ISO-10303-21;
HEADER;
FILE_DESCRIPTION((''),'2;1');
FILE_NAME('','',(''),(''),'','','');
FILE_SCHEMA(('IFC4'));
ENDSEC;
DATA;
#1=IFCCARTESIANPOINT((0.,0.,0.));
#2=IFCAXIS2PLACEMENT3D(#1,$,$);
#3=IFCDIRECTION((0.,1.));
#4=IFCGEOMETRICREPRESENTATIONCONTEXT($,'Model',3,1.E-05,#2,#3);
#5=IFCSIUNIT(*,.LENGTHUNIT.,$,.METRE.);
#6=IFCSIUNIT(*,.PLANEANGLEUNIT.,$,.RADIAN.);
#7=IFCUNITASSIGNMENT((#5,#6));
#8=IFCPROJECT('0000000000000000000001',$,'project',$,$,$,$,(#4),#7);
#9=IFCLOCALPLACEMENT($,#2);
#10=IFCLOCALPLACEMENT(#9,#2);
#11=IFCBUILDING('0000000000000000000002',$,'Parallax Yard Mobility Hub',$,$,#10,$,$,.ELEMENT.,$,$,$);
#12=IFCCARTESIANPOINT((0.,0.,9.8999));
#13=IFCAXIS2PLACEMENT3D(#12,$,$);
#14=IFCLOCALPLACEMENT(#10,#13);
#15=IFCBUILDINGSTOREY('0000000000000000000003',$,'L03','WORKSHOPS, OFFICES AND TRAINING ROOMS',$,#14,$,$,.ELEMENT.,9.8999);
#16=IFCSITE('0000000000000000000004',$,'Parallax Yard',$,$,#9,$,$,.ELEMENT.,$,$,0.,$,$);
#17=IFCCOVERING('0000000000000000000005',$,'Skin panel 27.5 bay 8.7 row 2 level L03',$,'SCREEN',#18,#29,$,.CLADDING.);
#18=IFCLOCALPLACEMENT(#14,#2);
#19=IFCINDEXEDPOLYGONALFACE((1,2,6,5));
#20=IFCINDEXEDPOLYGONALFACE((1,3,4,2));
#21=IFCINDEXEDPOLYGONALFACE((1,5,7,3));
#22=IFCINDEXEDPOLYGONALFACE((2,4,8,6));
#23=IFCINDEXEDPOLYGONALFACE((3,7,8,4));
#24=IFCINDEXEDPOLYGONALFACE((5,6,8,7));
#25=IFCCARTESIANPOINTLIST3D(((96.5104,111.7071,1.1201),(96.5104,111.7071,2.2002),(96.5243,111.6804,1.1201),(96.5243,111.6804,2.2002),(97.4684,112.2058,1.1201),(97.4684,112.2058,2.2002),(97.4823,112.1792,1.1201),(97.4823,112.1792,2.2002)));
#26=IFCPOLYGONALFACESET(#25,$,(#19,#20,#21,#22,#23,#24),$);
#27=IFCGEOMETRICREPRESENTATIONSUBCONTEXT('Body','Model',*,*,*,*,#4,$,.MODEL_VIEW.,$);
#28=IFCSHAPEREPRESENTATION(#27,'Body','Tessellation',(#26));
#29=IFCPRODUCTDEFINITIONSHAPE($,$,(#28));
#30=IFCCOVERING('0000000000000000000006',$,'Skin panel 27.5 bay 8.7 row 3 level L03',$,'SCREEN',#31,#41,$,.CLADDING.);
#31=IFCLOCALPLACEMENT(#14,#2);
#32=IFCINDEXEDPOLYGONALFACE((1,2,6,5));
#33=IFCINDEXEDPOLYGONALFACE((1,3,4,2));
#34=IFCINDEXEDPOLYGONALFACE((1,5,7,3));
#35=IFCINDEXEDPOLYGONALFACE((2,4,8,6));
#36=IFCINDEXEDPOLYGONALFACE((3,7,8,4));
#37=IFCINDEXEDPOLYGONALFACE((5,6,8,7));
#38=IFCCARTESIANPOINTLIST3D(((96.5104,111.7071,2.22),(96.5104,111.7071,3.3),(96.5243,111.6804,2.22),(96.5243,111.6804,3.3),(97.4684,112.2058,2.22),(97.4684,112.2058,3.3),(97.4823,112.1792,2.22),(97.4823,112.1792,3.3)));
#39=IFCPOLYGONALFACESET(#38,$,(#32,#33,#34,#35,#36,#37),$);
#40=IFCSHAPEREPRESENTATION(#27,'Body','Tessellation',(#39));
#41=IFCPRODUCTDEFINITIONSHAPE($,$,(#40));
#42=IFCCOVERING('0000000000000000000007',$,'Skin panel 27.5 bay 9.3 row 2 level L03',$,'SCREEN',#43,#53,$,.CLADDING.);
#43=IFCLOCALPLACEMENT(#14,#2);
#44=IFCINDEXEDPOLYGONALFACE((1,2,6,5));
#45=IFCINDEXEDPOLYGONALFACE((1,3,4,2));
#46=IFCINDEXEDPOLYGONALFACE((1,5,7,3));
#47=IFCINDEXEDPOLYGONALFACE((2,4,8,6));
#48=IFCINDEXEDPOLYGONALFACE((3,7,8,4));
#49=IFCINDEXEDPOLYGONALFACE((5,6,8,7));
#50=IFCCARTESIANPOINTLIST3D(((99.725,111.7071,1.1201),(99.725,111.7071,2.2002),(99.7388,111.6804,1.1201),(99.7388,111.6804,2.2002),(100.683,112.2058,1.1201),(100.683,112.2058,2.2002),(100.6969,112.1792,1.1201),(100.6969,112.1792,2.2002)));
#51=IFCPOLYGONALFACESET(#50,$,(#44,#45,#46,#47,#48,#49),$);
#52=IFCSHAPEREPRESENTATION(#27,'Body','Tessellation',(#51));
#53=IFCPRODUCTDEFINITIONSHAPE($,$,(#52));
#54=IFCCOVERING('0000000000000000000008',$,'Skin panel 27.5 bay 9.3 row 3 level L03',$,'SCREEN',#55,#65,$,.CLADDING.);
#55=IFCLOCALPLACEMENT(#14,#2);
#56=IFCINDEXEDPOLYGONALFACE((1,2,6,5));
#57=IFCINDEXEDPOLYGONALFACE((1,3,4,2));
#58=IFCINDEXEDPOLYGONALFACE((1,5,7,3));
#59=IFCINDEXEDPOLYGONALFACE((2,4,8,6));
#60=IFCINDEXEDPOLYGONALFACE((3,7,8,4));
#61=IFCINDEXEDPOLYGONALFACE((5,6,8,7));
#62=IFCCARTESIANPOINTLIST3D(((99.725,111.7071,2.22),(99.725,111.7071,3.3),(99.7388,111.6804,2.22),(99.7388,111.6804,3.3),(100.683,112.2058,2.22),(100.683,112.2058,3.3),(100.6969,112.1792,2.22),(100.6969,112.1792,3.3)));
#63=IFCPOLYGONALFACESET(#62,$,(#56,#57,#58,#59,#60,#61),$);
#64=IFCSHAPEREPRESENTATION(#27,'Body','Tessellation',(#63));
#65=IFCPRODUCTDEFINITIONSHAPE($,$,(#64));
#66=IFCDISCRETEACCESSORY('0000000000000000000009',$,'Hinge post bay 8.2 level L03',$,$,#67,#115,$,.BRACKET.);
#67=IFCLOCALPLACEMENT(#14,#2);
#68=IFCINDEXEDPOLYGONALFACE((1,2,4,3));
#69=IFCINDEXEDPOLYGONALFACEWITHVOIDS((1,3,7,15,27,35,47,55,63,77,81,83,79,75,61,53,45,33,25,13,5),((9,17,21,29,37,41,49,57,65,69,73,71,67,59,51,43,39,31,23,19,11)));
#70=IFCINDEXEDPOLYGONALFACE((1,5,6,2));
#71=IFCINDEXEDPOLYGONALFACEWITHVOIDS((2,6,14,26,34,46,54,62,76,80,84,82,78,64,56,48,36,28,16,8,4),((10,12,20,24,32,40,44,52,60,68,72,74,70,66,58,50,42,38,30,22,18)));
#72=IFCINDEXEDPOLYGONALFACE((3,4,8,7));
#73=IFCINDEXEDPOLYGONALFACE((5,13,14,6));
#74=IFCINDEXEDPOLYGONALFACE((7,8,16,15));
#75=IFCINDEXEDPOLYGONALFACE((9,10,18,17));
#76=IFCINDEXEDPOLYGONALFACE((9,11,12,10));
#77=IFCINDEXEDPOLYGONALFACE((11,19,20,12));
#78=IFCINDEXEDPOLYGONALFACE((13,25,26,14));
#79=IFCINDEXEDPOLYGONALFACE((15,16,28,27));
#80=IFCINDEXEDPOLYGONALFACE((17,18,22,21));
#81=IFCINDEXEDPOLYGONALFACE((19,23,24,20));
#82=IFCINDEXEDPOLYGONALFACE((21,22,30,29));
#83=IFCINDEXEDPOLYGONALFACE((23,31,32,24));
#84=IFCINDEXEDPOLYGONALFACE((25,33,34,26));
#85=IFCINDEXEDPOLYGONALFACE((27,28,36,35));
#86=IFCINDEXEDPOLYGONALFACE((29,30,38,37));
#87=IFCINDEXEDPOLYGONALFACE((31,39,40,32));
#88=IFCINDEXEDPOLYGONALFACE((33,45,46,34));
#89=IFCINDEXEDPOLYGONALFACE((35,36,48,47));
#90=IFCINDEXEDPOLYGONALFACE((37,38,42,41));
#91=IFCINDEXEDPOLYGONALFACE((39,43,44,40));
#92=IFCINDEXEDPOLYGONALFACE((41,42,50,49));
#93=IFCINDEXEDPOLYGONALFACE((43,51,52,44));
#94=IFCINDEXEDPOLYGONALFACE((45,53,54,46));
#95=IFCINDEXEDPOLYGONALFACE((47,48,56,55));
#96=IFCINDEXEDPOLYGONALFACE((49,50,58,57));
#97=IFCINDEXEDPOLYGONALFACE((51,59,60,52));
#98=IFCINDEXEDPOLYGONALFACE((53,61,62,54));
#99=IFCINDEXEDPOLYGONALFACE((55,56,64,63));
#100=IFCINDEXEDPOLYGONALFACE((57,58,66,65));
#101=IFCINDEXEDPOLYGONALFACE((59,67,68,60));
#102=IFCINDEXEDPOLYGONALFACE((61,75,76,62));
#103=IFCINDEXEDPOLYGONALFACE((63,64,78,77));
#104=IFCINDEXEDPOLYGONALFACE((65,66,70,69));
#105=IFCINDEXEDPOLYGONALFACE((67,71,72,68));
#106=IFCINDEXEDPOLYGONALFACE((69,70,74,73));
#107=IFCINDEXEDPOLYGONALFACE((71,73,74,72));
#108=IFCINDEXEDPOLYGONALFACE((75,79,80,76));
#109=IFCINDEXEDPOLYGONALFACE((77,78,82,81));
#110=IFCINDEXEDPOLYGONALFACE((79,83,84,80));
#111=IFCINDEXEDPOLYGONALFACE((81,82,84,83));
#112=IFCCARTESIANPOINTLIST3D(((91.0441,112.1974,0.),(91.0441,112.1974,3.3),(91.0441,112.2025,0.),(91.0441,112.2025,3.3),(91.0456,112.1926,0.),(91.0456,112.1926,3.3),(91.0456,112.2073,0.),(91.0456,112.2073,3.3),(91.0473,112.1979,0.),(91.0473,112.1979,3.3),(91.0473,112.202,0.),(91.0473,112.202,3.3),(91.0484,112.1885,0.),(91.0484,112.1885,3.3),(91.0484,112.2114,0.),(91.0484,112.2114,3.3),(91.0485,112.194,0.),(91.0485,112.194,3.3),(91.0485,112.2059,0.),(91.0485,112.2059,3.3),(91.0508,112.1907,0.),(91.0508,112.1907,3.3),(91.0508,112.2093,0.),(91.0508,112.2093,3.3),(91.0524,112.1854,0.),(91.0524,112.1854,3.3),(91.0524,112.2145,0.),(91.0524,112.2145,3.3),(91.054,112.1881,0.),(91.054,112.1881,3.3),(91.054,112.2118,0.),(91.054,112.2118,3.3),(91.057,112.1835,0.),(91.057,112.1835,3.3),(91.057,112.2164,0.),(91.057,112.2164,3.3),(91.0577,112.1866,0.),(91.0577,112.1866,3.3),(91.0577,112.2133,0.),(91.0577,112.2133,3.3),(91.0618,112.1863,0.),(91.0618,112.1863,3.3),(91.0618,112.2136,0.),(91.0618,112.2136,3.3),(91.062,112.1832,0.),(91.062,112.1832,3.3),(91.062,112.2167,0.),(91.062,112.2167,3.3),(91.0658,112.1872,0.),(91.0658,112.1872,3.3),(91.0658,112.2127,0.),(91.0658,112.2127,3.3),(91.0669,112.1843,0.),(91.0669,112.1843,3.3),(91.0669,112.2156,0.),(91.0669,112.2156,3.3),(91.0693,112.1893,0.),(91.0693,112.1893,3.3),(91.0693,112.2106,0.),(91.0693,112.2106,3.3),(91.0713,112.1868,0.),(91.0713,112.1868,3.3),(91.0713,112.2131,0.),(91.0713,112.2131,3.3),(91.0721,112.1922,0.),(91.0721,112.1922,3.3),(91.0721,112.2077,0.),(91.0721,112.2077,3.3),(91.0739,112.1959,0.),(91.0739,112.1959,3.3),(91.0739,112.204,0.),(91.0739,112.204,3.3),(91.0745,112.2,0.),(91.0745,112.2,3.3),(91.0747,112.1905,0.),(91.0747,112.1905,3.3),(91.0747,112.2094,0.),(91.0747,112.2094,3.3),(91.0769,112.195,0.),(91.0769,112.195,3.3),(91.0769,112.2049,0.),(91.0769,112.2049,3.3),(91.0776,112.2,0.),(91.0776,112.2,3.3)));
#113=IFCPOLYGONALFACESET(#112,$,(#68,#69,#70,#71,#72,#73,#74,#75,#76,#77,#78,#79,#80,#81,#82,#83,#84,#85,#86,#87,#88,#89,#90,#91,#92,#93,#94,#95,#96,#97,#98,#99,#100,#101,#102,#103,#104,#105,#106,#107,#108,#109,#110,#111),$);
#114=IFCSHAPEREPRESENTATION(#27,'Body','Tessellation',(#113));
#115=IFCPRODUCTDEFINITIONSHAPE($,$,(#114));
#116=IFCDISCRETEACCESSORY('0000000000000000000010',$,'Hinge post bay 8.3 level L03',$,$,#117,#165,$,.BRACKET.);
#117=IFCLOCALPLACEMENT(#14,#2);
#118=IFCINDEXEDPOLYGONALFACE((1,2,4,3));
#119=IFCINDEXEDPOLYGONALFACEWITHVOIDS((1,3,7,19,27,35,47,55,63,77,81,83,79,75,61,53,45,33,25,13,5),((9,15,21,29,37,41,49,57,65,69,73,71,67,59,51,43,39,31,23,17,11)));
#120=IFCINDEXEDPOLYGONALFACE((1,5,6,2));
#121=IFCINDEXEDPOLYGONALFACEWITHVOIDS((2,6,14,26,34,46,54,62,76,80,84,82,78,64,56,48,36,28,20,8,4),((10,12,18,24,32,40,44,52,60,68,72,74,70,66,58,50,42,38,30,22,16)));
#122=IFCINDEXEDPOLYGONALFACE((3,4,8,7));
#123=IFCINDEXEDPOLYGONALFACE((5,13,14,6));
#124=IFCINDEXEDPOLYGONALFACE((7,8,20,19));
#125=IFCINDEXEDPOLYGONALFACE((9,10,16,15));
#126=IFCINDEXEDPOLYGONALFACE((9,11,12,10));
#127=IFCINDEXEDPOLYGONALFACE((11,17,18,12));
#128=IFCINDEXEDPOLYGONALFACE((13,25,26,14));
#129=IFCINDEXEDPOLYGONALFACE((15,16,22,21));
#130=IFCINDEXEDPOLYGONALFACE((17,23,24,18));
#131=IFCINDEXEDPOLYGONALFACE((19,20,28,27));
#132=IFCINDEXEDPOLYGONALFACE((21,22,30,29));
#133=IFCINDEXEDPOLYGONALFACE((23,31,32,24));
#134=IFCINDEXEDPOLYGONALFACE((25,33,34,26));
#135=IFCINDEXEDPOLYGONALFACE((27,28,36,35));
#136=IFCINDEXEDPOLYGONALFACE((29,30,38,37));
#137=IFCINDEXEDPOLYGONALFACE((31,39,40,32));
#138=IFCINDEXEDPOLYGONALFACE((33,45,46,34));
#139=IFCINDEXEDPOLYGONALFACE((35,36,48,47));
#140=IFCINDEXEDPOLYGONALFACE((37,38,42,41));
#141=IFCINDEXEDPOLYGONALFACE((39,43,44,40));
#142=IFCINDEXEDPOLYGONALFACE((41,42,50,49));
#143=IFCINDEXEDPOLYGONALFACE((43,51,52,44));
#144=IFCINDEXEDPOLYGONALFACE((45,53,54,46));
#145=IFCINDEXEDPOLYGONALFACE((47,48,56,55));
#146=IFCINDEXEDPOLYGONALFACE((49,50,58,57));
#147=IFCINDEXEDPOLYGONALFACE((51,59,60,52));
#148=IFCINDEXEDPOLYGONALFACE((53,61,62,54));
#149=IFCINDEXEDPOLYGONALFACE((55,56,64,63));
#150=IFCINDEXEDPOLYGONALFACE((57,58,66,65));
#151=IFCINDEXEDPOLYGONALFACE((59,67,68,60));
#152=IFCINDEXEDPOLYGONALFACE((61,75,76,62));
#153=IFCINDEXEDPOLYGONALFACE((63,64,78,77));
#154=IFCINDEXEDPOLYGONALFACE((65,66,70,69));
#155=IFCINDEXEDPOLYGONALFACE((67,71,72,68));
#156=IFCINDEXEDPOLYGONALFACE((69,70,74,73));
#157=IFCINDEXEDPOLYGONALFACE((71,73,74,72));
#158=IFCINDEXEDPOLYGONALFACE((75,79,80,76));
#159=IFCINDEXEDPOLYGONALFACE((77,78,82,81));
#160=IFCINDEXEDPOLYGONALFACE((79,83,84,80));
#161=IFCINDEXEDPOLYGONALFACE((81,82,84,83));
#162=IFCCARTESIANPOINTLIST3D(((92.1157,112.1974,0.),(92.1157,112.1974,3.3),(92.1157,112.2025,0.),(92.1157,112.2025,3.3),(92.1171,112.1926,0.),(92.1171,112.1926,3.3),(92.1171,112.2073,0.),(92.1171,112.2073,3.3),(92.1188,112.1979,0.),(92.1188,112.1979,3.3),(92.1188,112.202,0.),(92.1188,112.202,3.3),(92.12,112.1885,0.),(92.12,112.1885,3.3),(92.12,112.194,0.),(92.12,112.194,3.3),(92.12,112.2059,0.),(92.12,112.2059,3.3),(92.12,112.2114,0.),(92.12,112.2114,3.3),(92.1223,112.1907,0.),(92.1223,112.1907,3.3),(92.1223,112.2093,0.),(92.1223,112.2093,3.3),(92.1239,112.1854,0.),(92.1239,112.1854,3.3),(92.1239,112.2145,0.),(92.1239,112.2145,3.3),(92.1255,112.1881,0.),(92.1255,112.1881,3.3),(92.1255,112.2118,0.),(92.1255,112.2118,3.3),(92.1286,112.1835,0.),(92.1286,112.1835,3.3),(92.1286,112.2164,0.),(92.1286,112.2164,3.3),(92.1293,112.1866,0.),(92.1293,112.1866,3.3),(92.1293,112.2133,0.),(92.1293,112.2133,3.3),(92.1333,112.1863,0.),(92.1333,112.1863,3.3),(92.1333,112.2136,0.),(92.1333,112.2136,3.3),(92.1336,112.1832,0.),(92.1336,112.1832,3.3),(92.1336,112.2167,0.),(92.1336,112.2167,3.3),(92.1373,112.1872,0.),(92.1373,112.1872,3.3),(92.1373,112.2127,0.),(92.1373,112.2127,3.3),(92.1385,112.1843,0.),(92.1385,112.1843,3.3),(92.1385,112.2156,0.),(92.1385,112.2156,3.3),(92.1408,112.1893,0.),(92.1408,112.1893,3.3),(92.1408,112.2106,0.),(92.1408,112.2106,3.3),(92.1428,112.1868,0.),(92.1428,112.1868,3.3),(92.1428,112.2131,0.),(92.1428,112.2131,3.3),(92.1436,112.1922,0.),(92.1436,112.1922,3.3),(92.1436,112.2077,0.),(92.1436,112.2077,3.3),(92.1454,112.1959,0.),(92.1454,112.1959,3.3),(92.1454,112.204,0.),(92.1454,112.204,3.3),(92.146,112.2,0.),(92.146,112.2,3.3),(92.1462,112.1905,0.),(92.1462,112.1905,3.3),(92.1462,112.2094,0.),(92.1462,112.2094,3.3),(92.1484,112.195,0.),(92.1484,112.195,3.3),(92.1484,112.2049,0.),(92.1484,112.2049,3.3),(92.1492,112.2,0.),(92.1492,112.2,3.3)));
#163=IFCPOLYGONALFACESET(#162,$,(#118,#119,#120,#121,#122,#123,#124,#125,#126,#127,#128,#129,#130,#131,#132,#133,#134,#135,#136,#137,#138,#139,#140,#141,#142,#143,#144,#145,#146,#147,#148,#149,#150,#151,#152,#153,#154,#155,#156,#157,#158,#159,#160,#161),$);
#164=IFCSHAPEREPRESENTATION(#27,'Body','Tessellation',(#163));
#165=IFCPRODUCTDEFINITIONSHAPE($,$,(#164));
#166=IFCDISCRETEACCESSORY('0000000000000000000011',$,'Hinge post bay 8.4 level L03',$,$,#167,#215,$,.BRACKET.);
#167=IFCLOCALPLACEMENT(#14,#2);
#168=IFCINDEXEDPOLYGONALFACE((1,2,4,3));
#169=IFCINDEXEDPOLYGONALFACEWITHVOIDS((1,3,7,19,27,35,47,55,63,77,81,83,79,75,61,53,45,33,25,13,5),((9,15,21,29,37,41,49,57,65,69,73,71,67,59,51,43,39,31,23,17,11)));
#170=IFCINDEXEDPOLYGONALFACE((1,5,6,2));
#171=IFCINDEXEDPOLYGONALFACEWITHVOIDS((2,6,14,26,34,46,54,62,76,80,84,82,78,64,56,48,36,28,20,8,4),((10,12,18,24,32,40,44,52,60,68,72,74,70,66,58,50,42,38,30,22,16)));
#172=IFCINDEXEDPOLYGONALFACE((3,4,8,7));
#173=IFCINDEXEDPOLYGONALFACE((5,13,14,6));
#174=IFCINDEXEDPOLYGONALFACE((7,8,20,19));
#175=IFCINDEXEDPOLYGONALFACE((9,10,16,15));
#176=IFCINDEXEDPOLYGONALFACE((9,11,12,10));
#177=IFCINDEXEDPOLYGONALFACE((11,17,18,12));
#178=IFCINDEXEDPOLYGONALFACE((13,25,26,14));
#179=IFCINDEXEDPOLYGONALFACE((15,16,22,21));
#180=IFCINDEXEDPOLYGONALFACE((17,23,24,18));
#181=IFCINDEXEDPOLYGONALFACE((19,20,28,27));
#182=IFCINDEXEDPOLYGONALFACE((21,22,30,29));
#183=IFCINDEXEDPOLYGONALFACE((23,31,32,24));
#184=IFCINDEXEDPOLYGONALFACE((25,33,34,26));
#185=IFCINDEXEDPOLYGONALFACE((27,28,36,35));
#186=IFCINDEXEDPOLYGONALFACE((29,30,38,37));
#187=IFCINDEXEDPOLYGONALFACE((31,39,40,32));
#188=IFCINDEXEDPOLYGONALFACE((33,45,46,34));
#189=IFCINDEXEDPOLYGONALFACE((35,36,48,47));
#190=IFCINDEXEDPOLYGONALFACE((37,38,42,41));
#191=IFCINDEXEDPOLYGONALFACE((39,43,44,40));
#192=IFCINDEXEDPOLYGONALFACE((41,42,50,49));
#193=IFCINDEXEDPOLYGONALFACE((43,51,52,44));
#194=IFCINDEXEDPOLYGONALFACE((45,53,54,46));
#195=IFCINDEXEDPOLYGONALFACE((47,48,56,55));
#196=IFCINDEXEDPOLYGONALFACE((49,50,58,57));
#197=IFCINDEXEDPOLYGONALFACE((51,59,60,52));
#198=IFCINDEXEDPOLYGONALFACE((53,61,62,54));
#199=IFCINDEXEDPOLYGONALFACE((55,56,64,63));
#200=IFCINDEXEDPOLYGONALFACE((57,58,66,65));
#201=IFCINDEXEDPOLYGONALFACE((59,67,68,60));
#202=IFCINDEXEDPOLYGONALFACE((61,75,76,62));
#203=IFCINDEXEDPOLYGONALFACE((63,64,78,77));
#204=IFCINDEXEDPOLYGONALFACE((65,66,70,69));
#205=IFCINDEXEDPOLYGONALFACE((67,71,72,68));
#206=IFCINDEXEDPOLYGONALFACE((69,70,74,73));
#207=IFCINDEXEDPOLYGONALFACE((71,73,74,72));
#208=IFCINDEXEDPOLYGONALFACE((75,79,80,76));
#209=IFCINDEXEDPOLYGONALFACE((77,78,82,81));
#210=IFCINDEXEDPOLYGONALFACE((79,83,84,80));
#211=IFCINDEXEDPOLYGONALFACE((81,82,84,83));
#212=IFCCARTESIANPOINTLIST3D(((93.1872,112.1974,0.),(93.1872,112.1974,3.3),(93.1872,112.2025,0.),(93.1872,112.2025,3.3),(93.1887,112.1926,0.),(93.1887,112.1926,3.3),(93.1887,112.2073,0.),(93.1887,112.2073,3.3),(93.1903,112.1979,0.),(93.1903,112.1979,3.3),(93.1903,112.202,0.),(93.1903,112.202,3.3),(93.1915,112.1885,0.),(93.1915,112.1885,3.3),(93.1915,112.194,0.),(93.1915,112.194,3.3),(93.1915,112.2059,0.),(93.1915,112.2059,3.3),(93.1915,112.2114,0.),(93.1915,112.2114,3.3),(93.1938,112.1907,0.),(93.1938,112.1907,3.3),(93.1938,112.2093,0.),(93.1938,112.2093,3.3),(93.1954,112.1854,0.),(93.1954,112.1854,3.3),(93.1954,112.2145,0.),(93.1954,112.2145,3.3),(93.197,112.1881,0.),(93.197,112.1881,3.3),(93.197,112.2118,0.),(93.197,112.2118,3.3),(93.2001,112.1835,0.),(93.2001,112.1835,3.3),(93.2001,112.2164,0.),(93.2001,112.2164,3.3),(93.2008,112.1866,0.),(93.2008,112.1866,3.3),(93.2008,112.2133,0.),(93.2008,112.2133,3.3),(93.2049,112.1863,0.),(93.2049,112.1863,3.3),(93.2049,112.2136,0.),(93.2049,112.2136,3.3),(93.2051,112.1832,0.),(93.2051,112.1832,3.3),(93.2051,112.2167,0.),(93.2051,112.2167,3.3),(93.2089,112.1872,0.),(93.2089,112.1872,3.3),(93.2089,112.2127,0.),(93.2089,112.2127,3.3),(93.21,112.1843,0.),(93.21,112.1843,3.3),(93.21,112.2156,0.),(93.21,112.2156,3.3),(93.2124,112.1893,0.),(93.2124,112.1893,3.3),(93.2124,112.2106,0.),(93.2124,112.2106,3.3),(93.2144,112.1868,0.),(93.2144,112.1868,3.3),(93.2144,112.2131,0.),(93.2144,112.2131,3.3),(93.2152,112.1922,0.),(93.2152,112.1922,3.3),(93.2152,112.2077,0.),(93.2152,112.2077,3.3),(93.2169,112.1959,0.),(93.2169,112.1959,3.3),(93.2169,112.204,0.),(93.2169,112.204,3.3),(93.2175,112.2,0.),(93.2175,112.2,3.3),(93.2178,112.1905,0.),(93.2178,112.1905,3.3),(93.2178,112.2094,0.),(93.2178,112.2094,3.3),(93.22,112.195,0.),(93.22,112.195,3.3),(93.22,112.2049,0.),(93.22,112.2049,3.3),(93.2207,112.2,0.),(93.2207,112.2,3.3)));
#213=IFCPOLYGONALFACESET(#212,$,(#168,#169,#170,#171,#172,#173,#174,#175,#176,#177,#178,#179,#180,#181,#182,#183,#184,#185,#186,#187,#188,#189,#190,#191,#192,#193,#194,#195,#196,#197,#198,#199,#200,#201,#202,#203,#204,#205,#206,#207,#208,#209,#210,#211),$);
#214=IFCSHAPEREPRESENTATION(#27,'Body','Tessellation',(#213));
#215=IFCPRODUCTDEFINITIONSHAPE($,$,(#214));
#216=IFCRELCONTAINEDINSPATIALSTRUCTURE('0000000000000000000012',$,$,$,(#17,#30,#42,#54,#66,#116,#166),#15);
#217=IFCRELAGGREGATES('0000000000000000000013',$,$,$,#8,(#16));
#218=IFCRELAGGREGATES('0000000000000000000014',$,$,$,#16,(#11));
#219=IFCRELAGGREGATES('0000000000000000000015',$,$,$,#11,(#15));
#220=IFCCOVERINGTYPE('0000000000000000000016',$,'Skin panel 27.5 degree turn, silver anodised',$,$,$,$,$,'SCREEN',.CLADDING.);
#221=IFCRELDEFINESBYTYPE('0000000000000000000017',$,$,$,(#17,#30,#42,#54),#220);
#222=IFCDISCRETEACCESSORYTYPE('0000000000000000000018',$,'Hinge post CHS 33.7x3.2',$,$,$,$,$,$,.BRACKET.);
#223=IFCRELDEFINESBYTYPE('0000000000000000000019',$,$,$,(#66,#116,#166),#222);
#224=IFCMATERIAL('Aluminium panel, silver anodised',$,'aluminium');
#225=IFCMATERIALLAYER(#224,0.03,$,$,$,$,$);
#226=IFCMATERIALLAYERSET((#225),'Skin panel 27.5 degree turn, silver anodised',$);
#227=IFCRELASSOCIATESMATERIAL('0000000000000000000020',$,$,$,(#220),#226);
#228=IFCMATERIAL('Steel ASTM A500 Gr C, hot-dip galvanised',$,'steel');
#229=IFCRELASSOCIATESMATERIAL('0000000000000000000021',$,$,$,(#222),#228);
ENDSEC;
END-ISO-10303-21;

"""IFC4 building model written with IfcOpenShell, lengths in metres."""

from ifc_helpers import new_model, si_unit, direction, frame, origin, origin_2d, place, context, subcontext, project, spatial, rectangle, hollow_circle, extrude, material, layer, layer_set, material_profile, profile_set, type_object, element, save


model = new_model("IFC4")

# Units and contexts
model_context = context("Model", 3, precision=1e-05, world=origin(), true_north=direction((0.0, 1.0)))
body_context = subcontext(model_context, "Body", "Model", "MODEL_VIEW")
ifc_project = project(units=[si_unit("LENGTHUNIT", "METRE"), si_unit("PLANEANGLEUNIT", "RADIAN")], contexts=[model_context])

# Site, building, storey
site_placement = place(None, origin())
site = spatial("IfcSite", under=ifc_project, at=site_placement, Name="Parallax Yard", CompositionType="ELEMENT", RefElevation=0.0)
building_placement = place(site_placement, origin())
building = spatial("IfcBuilding", under=site, at=building_placement, Name="Parallax Yard Mobility Hub", CompositionType="ELEMENT")
storey_placement = place(building_placement, frame((0.0, 0.0, 9.8999)))
storey = spatial("IfcBuildingStorey", under=building, at=storey_placement, Name="L03", Description="WORKSHOPS, OFFICES AND TRAINING ROOMS", CompositionType="ELEMENT", Elevation=9.8999)

# Coverings
ifc_material_1 = material(Name="Aluminium panel, silver anodised", Category="aluminium")
ifc_layer_1 = layer(ifc_material_1, 0.03)
ifc_layer_set_1 = layer_set([ifc_layer_1], Name="Skin panel 27.5 degree turn, silver anodised")
covering_type_1 = type_object("IfcCoveringType", Name="Skin panel 27.5 degree turn, silver anodised", ElementType="SCREEN", PredefinedType="CLADDING", material=ifc_layer_set_1)
for number, where, z_axis, x_axis, name in (
    (1, (96.9963, 111.9431, 1.1201), (0.0, 0.0, 1.0), (-0.887011, -0.461749, 0.0), "Skin panel 27.5 bay 8.7 row 2 level L03"),
    (2, (96.9963, 111.9431, 2.22), (0.0, 0.0, 1.0), (-0.887011, -0.461749, 0.0), "Skin panel 27.5 bay 8.7 row 3 level L03"),
    (3, (100.2109, 111.9431, 1.1201), (0.0, 0.0, 1.0), (-0.887011, -0.461749, 0.0), "Skin panel 27.5 bay 9.3 row 2 level L03"),
    (4, (100.2109, 111.9431, 2.22), (0.0, 0.0, 1.0), (-0.887011, -0.461749, 0.0), "Skin panel 27.5 bay 9.3 row 3 level L03"),
):
    element("IfcCovering", number, at=place(storey_placement, frame(where, z_axis=z_axis, x_axis=x_axis)), inside=storey, type_object=covering_type_1, Name=name, ObjectType="SCREEN", PredefinedType="CLADDING", context=body_context, shape_type="SweptSolid", body=[
        extrude(rectangle(XDim=1.0801, YDim=0.03, at=origin_2d()), origin(), (0.0, 0.0, 1.0), 1.0801),
    ])

# Discrete accessories
ifc_material_2 = material(Name="Steel ASTM A500 Gr C, hot-dip galvanised", Category="steel")
ifc_material_profile = material_profile(ifc_material_2, hollow_circle(Radius=0.0168, WallThickness=0.0032, at=origin_2d()), Name="CHS 33.7x3.2")
ifc_profile_set = profile_set([ifc_material_profile], Name="Steel ASTM A500 Gr C, hot-dip galvanised")
discrete_accessory_type = type_object("IfcDiscreteAccessoryType", Name="Hinge post CHS 33.7x3.2", PredefinedType="BRACKET", material=ifc_profile_set)
for number, where, z_axis, x_axis, name in (
    (5, (91.0608, 112.2, 0.0), (0.0, 0.0, 1.0), (1.0, 0.0, 0.0), "Hinge post bay 8.2 level L03"),
    (6, (92.1323, 112.2, 0.0), (0.0, 0.0, 1.0), (1.0, 0.0, 0.0), "Hinge post bay 8.3 level L03"),
    (7, (93.2039, 112.2, 0.0), (0.0, 0.0, 1.0), (1.0, 0.0, 0.0), "Hinge post bay 8.4 level L03"),
):
    element("IfcDiscreteAccessory", number, at=place(storey_placement, frame(where, z_axis=z_axis, x_axis=x_axis)), inside=storey, type_object=discrete_accessory_type, Name=name, PredefinedType="BRACKET", context=body_context, shape_type="SweptSolid", body=[
        extrude(hollow_circle(Radius=0.0168, WallThickness=0.0032, at=origin_2d()), origin(), (0.0, 0.0, 1.0), 3.3),
    ])

save(model, "model.ifc")
